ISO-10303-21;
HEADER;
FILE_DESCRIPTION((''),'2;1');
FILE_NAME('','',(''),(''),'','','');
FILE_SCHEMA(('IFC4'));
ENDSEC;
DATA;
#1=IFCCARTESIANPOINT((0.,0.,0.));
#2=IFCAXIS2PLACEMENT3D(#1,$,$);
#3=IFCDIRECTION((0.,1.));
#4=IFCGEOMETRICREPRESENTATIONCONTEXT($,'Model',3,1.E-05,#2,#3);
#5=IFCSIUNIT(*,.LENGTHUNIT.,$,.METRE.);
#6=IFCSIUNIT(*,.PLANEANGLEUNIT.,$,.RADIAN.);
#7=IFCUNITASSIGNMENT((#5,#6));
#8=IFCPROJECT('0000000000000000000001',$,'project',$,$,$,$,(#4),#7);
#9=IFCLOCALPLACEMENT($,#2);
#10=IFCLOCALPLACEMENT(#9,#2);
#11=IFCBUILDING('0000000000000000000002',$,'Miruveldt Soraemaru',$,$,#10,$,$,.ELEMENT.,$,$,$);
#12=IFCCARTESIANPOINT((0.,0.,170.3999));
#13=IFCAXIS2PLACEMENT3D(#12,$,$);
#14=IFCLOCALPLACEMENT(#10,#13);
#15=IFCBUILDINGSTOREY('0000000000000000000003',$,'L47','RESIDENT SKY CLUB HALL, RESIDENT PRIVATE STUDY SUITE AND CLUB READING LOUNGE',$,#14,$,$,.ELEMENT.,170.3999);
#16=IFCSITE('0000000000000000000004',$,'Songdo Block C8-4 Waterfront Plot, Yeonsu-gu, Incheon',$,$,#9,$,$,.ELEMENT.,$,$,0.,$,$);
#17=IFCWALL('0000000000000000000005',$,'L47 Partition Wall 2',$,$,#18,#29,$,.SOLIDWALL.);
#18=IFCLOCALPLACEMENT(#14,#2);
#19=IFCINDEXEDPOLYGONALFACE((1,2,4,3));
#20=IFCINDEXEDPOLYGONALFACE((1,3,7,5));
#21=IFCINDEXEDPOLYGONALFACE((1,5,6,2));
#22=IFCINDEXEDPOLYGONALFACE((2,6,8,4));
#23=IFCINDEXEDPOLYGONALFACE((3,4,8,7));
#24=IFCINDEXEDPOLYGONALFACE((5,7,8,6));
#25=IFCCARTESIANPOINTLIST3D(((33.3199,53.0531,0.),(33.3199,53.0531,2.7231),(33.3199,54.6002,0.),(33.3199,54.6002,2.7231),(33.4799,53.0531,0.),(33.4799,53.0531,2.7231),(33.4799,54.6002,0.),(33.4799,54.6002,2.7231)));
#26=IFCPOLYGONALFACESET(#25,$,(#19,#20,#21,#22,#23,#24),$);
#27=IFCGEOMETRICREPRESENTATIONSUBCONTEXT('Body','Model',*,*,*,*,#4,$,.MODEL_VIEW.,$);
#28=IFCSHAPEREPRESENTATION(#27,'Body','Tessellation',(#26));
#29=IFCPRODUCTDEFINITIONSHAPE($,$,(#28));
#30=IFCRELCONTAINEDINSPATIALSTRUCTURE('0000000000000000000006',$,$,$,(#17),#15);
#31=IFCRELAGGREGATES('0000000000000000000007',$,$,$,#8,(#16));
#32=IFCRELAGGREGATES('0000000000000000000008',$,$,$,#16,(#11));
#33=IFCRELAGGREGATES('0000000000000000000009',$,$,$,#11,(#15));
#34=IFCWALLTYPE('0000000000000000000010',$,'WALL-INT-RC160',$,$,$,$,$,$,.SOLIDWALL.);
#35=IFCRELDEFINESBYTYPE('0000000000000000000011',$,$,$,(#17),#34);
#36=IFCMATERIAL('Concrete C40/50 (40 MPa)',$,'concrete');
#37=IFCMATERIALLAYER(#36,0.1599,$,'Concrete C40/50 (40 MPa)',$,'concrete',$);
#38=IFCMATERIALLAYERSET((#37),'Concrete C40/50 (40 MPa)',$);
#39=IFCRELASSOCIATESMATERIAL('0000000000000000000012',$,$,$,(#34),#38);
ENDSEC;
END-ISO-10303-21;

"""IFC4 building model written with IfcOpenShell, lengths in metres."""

from ifc_helpers import new_model, si_unit, direction, frame, frame_2d, origin, place, context, subcontext, project, spatial, rectangle, extrude, material, layer, layer_set, type_object, element, save


model = new_model("IFC4")

# Units and contexts
model_context = context("Model", 3, precision=1e-05, world=origin(), true_north=direction((0.0, 1.0)))
body_context = subcontext(model_context, "Body", "Model", "MODEL_VIEW")
ifc_project = project(units=[si_unit("LENGTHUNIT", "METRE"), si_unit("PLANEANGLEUNIT", "RADIAN")], contexts=[model_context])

# Site, building, storey
site_placement = place(None, origin())
site = spatial("IfcSite", under=ifc_project, at=site_placement, Name="Songdo Block C8-4 Waterfront Plot, Yeonsu-gu, Incheon", CompositionType="ELEMENT", RefElevation=0.0)
building_placement = place(site_placement, origin())
building = spatial("IfcBuilding", under=site, at=building_placement, Name="Miruveldt Soraemaru", CompositionType="ELEMENT")
storey_placement = place(building_placement, frame((0.0, 0.0, 170.3999)))
storey = spatial("IfcBuildingStorey", under=building, at=storey_placement, Name="L47", Description="RESIDENT SKY CLUB HALL, RESIDENT PRIVATE STUDY SUITE AND CLUB READING LOUNGE", CompositionType="ELEMENT", Elevation=170.3999)

# Shared definitions
ifc_material_1 = material(Name="Concrete C40/50 (40 MPa)", Category="concrete")

# Shared definitions
ifc_layer_1 = layer(ifc_material_1, 0.1599, Name="Concrete C40/50 (40 MPa)", Category="concrete")
ifc_layer_set_1 = layer_set([ifc_layer_1], Name="Concrete C40/50 (40 MPa)")
wall_type_1 = type_object("IfcWallType", Name="WALL-INT-RC160", PredefinedType="SOLIDWALL", material=ifc_layer_set_1)

# Wall
wall_1_placement = place(storey_placement, frame((33.3999, 54.6001, 0.0), z_axis=(0.0, 0.0, 1.0), x_axis=(0.0, -1.0, 0.0)))
element("IfcWall", 1, at=wall_1_placement, inside=storey, type_object=wall_type_1, Name="L47 Partition Wall 2", PredefinedType="SOLIDWALL", context=body_context, shape_type="SweptSolid", body=[
    extrude(rectangle(XDim=1.5471, YDim=0.1599, at=frame_2d((0.7734, 0.0))), origin(), (0.0, 0.0, 1.0), 2.7231),
])

save(model, "model.ifc")
